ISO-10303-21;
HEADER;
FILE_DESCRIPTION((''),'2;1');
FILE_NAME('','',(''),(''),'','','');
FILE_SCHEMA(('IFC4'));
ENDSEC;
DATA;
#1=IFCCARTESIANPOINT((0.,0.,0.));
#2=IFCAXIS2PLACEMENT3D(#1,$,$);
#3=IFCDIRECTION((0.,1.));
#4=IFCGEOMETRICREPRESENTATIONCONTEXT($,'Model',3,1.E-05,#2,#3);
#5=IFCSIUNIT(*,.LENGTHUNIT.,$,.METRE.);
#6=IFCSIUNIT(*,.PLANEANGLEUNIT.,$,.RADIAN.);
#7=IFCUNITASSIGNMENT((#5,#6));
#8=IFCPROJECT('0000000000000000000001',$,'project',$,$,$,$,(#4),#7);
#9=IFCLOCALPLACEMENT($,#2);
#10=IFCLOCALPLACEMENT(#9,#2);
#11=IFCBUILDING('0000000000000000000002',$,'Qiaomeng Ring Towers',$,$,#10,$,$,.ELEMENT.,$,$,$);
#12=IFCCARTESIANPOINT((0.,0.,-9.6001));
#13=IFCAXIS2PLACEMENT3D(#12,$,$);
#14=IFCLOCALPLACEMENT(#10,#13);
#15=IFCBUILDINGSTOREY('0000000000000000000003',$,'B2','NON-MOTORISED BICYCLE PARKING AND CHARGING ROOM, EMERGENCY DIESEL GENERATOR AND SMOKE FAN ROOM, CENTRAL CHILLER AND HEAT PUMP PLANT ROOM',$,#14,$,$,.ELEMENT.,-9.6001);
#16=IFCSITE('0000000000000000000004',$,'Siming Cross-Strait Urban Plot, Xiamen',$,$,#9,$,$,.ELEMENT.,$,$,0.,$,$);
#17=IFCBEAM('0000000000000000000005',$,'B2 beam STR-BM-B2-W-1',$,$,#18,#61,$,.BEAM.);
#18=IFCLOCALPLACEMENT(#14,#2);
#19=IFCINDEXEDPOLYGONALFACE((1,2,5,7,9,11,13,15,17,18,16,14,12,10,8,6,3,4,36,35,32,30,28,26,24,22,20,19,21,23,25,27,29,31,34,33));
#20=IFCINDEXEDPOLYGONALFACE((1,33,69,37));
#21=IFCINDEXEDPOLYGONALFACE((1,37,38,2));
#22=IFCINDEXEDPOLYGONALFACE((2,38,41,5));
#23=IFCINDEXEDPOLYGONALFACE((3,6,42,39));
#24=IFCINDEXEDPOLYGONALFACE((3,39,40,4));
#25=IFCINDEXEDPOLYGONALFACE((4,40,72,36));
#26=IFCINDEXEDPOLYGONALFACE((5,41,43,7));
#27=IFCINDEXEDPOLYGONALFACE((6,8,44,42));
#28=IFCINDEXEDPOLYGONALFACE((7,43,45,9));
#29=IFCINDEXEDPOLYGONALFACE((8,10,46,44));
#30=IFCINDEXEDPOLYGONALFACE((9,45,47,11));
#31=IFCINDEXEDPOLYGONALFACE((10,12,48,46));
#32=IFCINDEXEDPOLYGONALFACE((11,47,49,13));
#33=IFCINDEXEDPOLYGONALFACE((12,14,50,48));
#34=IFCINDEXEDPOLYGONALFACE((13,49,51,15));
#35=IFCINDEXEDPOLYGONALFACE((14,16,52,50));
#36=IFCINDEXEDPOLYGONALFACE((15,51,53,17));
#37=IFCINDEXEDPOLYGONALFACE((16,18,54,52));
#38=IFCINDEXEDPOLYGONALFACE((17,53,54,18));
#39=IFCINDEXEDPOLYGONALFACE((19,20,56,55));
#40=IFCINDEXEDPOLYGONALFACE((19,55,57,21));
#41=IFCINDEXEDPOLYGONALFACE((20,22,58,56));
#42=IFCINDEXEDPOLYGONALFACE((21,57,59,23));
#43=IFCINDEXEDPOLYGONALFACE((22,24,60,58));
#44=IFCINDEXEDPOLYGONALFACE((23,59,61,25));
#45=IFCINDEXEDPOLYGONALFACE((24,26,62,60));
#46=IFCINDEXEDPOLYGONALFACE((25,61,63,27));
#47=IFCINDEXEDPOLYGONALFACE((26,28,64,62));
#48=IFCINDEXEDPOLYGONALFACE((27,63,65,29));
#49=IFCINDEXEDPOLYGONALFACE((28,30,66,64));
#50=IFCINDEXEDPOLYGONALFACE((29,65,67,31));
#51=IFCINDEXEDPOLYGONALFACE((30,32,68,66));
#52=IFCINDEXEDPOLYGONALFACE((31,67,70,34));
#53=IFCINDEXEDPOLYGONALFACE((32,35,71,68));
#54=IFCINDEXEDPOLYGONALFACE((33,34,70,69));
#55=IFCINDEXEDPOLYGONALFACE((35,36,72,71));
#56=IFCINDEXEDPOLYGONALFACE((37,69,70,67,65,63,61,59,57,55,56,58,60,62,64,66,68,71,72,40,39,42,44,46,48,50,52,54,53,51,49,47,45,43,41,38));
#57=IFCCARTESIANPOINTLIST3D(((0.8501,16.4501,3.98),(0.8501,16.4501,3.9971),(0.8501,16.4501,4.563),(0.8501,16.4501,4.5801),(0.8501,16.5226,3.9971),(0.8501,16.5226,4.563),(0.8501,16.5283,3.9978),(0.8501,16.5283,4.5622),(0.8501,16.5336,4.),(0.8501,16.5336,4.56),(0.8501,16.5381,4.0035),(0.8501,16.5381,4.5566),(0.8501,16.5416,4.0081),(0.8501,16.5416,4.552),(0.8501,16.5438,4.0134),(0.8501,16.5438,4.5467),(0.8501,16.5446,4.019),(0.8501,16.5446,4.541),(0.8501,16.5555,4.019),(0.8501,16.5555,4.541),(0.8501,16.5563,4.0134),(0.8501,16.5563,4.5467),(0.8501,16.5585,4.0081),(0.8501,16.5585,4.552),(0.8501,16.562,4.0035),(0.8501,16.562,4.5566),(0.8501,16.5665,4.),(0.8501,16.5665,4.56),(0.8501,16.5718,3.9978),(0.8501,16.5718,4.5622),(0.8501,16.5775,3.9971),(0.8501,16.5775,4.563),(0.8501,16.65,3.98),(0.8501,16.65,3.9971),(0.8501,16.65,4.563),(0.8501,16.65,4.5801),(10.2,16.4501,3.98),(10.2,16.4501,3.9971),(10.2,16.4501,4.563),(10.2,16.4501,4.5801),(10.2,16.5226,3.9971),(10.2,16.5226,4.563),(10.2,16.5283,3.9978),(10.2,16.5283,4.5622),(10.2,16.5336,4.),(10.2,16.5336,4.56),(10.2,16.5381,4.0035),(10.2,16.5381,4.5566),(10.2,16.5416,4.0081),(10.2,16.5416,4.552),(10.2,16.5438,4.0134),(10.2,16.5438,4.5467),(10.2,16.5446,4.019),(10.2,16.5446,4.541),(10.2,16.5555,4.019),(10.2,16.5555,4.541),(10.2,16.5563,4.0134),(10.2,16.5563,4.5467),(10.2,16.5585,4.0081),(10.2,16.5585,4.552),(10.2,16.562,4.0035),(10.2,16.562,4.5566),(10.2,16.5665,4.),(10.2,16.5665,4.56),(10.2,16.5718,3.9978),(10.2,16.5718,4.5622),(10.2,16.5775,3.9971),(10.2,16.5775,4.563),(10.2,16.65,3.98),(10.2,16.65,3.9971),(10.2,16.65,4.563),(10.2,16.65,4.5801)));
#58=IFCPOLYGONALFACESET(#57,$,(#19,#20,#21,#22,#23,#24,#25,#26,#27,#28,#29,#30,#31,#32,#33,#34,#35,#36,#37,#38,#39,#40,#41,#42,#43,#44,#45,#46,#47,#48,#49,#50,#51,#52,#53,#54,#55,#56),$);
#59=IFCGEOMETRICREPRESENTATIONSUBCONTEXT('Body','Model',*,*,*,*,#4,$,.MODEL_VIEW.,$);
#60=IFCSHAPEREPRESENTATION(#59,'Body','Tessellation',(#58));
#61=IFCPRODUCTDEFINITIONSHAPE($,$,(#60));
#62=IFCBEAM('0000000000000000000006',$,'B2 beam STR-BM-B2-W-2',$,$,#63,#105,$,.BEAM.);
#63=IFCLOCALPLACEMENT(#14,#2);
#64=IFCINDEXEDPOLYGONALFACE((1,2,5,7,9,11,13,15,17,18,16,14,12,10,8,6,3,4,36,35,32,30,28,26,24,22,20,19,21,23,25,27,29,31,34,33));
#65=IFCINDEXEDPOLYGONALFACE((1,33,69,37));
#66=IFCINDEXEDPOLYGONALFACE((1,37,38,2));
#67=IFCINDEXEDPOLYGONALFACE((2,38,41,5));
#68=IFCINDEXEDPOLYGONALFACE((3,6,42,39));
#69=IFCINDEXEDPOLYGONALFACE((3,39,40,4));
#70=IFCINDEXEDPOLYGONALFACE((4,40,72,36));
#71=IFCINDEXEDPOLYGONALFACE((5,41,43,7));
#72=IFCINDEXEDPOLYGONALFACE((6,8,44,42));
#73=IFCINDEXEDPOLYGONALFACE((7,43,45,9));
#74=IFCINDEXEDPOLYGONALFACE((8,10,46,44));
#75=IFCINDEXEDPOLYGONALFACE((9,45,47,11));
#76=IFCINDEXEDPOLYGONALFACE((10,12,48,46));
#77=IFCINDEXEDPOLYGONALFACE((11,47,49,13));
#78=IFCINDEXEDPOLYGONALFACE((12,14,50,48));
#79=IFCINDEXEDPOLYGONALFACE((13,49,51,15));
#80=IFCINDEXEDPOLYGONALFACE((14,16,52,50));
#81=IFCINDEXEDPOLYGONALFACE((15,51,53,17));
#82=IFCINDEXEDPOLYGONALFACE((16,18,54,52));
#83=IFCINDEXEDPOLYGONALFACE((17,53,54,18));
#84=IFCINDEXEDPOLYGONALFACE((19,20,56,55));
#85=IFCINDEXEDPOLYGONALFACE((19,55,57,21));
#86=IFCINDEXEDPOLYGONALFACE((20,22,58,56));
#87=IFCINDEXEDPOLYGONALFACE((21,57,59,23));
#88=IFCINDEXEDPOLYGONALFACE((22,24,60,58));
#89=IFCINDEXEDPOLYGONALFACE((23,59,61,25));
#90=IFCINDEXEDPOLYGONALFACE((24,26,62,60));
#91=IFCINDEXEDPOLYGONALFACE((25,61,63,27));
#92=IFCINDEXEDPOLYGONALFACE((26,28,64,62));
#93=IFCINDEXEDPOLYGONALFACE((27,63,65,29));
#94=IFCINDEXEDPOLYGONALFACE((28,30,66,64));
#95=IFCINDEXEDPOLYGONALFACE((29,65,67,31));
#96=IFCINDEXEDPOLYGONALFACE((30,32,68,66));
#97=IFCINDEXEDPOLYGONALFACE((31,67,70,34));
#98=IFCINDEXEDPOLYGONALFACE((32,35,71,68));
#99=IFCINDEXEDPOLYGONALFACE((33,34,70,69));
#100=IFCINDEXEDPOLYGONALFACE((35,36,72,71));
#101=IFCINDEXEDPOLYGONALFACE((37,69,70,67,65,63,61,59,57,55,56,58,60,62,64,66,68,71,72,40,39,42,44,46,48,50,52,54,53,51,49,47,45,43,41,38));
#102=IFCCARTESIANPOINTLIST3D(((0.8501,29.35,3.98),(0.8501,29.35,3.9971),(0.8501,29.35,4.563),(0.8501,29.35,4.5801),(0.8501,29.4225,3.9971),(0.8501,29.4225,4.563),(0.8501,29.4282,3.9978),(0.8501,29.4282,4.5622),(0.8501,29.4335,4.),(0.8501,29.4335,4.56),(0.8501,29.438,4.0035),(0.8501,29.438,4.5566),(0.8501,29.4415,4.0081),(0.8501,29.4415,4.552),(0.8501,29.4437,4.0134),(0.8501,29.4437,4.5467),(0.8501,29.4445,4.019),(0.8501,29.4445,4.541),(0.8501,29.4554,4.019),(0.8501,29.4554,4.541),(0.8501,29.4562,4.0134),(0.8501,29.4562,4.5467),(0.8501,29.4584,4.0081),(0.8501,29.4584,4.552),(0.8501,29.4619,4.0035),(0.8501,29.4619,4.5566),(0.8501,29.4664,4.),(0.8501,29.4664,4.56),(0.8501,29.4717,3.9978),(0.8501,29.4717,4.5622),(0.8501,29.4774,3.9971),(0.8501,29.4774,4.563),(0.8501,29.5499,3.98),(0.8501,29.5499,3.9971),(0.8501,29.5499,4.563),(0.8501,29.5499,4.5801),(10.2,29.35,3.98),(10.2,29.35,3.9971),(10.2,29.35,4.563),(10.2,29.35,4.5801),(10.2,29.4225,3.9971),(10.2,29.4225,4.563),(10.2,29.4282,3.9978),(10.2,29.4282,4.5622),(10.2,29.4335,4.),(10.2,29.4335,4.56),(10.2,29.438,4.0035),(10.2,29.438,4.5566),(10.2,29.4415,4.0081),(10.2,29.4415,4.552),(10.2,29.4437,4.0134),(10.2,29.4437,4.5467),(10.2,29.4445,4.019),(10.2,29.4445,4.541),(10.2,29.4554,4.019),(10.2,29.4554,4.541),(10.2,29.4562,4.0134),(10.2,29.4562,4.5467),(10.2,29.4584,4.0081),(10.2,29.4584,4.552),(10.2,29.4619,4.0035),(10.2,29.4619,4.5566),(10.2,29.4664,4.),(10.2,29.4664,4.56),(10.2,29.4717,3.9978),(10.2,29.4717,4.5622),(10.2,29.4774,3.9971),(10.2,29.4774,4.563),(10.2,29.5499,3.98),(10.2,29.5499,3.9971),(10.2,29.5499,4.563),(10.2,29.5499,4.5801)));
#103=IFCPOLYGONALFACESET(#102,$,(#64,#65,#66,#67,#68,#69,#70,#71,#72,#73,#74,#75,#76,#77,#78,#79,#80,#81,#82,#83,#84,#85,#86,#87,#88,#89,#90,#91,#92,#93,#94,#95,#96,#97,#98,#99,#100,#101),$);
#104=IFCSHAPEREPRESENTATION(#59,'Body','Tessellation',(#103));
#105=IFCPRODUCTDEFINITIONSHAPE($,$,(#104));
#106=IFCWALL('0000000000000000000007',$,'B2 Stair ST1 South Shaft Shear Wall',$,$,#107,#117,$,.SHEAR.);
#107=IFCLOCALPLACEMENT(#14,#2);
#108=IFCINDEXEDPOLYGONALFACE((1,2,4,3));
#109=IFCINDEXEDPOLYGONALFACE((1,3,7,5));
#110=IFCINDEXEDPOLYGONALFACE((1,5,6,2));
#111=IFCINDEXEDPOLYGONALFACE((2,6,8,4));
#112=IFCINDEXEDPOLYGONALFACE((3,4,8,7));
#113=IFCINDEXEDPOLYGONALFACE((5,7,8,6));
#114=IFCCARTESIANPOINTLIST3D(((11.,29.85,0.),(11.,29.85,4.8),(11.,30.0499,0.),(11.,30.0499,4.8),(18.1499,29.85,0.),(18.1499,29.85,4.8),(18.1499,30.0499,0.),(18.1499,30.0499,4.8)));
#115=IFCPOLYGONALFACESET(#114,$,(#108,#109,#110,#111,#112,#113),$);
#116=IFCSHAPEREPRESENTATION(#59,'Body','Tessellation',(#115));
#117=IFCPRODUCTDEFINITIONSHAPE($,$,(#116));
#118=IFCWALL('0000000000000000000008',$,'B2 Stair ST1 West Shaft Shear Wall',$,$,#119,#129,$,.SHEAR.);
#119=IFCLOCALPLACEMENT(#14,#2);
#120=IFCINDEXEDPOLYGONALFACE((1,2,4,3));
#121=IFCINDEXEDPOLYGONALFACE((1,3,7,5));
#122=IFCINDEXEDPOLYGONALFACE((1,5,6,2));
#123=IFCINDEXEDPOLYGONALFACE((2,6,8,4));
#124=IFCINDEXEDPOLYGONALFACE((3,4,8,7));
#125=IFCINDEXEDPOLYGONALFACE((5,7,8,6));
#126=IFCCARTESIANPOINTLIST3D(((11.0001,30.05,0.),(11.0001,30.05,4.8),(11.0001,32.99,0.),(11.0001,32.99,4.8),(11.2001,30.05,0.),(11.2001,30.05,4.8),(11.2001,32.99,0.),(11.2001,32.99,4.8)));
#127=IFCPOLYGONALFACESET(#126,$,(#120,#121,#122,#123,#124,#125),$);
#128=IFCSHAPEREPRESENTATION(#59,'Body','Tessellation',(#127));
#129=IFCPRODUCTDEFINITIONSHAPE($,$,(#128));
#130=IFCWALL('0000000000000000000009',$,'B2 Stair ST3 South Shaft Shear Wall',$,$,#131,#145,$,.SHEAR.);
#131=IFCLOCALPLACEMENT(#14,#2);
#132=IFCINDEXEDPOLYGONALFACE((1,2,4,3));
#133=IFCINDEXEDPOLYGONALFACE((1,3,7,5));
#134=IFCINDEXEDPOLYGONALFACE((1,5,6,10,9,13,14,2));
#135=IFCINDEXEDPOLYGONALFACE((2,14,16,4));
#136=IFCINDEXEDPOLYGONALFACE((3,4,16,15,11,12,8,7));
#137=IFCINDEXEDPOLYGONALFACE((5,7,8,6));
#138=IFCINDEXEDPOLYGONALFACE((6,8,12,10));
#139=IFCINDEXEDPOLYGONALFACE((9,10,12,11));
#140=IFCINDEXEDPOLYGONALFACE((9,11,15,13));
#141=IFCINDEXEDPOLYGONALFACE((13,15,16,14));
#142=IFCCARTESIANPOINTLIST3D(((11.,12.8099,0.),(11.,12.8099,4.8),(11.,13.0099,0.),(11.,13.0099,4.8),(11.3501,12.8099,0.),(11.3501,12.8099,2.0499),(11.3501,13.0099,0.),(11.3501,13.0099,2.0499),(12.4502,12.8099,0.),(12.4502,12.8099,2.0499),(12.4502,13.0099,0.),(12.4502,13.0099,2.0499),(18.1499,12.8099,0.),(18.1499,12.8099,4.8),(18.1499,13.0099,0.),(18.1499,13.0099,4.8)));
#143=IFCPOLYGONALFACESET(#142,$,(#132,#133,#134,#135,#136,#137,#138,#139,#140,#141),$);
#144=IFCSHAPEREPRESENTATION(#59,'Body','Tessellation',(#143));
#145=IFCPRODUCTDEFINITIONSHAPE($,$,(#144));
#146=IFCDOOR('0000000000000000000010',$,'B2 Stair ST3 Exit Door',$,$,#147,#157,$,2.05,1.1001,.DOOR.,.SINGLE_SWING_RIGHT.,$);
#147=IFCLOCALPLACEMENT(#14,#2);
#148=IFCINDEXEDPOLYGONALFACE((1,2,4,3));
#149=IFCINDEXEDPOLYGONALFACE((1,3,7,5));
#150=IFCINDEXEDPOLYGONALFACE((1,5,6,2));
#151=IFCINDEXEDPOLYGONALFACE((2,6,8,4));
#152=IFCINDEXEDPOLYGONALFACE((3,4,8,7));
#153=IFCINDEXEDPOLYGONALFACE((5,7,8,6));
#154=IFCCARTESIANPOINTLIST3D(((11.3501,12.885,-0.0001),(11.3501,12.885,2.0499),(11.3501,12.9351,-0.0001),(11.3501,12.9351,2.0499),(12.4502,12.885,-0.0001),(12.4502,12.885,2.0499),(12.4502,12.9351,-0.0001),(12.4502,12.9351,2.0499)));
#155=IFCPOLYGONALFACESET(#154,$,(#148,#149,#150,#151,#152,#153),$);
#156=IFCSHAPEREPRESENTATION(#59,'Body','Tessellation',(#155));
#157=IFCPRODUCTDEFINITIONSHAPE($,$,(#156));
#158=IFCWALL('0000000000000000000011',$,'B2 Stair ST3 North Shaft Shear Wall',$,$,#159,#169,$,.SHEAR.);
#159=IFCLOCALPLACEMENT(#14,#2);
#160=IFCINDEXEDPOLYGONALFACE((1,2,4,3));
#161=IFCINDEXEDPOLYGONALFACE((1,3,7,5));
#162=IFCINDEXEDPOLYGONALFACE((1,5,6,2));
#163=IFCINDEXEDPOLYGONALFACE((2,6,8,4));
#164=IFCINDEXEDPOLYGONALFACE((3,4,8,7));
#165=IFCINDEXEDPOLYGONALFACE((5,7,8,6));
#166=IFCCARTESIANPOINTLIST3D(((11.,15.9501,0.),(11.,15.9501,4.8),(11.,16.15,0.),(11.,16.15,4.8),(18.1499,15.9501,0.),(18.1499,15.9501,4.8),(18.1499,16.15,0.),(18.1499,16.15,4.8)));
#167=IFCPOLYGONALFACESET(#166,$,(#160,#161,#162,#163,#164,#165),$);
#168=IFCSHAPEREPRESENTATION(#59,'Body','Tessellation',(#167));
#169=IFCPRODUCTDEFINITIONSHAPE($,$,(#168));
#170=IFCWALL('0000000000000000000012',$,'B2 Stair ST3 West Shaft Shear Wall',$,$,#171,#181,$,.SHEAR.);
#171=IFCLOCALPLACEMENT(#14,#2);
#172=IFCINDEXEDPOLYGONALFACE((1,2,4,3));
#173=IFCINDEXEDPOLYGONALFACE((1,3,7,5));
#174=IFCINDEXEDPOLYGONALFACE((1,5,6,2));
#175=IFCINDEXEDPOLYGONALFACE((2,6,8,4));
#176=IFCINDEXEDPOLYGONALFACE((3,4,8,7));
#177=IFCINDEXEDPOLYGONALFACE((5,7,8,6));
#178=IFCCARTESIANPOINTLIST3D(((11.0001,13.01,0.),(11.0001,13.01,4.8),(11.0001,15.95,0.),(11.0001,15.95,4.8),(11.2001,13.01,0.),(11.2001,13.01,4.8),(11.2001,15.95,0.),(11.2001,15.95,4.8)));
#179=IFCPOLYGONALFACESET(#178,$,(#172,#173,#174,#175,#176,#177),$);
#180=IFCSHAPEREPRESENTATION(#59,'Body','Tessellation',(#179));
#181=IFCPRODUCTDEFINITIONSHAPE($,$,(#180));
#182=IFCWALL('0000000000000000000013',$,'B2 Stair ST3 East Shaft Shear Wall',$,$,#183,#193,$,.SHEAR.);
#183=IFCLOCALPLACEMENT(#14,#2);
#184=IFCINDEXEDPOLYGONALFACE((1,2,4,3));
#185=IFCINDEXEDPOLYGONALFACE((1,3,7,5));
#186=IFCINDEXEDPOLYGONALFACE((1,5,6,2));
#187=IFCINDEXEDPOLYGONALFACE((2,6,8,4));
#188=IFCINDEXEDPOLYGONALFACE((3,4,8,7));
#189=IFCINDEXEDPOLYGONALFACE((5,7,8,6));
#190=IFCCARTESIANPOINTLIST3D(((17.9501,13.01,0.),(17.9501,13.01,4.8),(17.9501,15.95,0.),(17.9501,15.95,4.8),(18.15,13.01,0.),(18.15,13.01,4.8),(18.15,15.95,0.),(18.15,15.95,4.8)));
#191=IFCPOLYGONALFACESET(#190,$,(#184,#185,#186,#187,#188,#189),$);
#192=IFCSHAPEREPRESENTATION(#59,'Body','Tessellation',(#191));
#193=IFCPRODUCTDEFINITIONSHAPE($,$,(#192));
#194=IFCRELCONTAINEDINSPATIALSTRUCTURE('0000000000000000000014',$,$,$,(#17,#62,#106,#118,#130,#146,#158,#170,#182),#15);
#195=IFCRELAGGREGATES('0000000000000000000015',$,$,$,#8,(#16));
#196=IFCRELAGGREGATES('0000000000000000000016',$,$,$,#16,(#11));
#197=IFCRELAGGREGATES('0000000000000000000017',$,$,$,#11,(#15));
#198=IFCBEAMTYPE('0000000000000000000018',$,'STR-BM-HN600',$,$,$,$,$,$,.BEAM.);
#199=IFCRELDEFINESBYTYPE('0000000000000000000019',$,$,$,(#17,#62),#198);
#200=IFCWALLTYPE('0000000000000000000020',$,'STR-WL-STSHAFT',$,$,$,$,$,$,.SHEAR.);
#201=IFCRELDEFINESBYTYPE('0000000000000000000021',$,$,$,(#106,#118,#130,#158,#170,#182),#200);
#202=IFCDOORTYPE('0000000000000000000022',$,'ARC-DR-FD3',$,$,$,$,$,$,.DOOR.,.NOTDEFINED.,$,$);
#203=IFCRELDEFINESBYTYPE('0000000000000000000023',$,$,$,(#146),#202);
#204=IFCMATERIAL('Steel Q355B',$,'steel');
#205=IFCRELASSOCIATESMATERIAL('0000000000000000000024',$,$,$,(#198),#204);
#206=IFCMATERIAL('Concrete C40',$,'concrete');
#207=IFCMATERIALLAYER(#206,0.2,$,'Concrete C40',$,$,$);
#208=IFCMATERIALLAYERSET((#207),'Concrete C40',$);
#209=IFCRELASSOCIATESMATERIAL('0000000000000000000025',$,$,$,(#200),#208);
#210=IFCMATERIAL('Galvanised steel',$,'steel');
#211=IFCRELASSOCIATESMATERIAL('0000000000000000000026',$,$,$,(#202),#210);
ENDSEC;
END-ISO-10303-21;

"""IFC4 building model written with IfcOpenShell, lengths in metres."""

from ifc_helpers import new_model, si_unit, direction, frame, frame_2d, origin, origin_2d, place, context, subcontext, project, spatial, rectangle, i_section, extrude, source, transform, mapped, material, layer, layer_set, material_profile, profile_set, type_object, element, fill, save


model = new_model("IFC4")

# Units and contexts
model_context = context("Model", 3, precision=1e-05, world=origin(), true_north=direction((0.0, 1.0)))
body_context = subcontext(model_context, "Body", "Model", "MODEL_VIEW")
ifc_project = project(units=[si_unit("LENGTHUNIT", "METRE"), si_unit("PLANEANGLEUNIT", "RADIAN")], contexts=[model_context])

# Site, building, storey
site_placement = place(None, origin())
site = spatial("IfcSite", under=ifc_project, at=site_placement, Name="Siming Cross-Strait Urban Plot, Xiamen", CompositionType="ELEMENT", RefElevation=0.0)
building_placement = place(site_placement, origin())
building = spatial("IfcBuilding", under=site, at=building_placement, Name="Qiaomeng Ring Towers", CompositionType="ELEMENT")
storey_placement = place(building_placement, frame((0.0, 0.0, -9.6001)))
storey = spatial("IfcBuildingStorey", under=building, at=storey_placement, Name="B2", Description="NON-MOTORISED BICYCLE PARKING AND CHARGING ROOM, EMERGENCY DIESEL GENERATOR AND SMOKE FAN ROOM, CENTRAL CHILLER AND HEAT PUMP PLANT ROOM", CompositionType="ELEMENT", Elevation=-9.6001)

# Shared definitions
ifc_material_1 = material(Name="Concrete C40", Category="concrete")

# Beams
ifc_material_2 = material(Name="Steel Q355B", Category="steel")
ifc_material_profile_1 = material_profile(ifc_material_2, i_section(OverallWidth=0.2, OverallDepth=0.6001, WebThickness=0.011, FlangeThickness=0.0171, FilletRadius=0.022, at=origin_2d()), Name="HN 600x200x11x17")
ifc_profile_set_1 = profile_set([ifc_material_profile_1], Name="Steel Q355B")
beam_type = type_object("IfcBeamType", Name="STR-BM-HN600", PredefinedType="BEAM", material=ifc_profile_set_1)
shared_shape_1 = source(origin(), body_context, "Body", "SweptSolid", [
    extrude(i_section(OverallWidth=0.2, OverallDepth=0.6001, WebThickness=0.011, FlangeThickness=0.0171, FilletRadius=0.022, at=origin_2d()), origin(), (0.0, 0.0, 1.0), 9.3499),
])
for number, where, z_axis, x_axis, name in (
    (1, (0.8501, 16.55, 4.28), (1.0, 0.0, 0.0), (0.0, 1.0, 0.0), "B2 beam STR-BM-B2-W-1"),
    (2, (0.8501, 29.45, 4.28), (1.0, 0.0, 0.0), (0.0, 1.0, 0.0), "B2 beam STR-BM-B2-W-2"),
):
    element("IfcBeam", number, at=place(storey_placement, frame(where, z_axis=z_axis, x_axis=x_axis)), inside=storey, type_object=beam_type, Name=name, PredefinedType="BEAM", context=body_context, shape_type="MappedRepresentation", body=[
        mapped(shared_shape_1, transform((0.0, 0.0, 0.0), x_axis=(1.0, 0.0, 0.0), y_axis=(0.0, 1.0, 0.0), z_axis=(0.0, 0.0, 1.0), scale=1.0)),
    ])

# Walls
ifc_layer_1 = layer(ifc_material_1, 0.2, Name="Concrete C40")
ifc_layer_set_1 = layer_set([ifc_layer_1], Name="Concrete C40")
wall_type_1 = type_object("IfcWallType", Name="STR-WL-STSHAFT", PredefinedType="SHEAR", material=ifc_layer_set_1)
wall_1_placement = place(storey_placement, frame((11.0, 29.95, 0.0), z_axis=(0.0, 0.0, 1.0), x_axis=(1.0, 0.0, 0.0)))
element("IfcWall", 3, at=wall_1_placement, inside=storey, type_object=wall_type_1, Name="B2 Stair ST1 South Shaft Shear Wall", PredefinedType="SHEAR", context=body_context, shape_type="SweptSolid", body=[
    extrude(rectangle(XDim=7.1499, YDim=0.2, at=frame_2d((3.575, 0.0))), origin(), (0.0, 0.0, 1.0), 4.8),
])
wall_2_placement = place(storey_placement, frame((11.1001, 30.05, 0.0), z_axis=(0.0, 0.0, 1.0), x_axis=(0.0, 1.0, 0.0)))
element("IfcWall", 4, at=wall_2_placement, inside=storey, type_object=wall_type_1, Name="B2 Stair ST1 West Shaft Shear Wall", PredefinedType="SHEAR", context=body_context, shape_type="SweptSolid", body=[
    extrude(rectangle(XDim=2.9399, YDim=0.2, at=frame_2d((1.47, 0.0))), origin(), (0.0, 0.0, 1.0), 4.8),
])

# Wall, opening, door
wall_3_placement = place(storey_placement, frame((11.0, 12.9099, 0.0), z_axis=(0.0, 0.0, 1.0), x_axis=(1.0, 0.0, 0.0)))
wall_3 = element("IfcWall", 5, at=wall_3_placement, inside=storey, type_object=wall_type_1, Name="B2 Stair ST3 South Shaft Shear Wall", PredefinedType="SHEAR", context=body_context, shape_type="SweptSolid", body=[
    extrude(rectangle(XDim=7.1499, YDim=0.2, at=frame_2d((3.575, 0.0))), origin(), (0.0, 0.0, 1.0), 4.8),
])
opening_placement = place(wall_3_placement, frame((0.3501, 0.0, 0.0)))
opening = element("IfcOpeningElement", 6, at=opening_placement, cuts=wall_3, PredefinedType="OPENING", context=body_context, shape_type="SweptSolid", body=[
    extrude(rectangle(XDim=1.1001, YDim=2.05, at=frame_2d((0.55, 1.0249))), frame((0.0, 0.1099, 0.0), z_axis=(0.0, -1.0, 0.0), x_axis=(1.0, 0.0, 0.0)), (0.0, 0.0, 1.0), 0.22),
])
ifc_material_3 = material(Name="Galvanised steel", Category="steel")
door_type = type_object("IfcDoorType", Name="ARC-DR-FD3", OperationType="NOTDEFINED", PredefinedType="DOOR", material=ifc_material_3)
shared_shape_2 = source(origin(), body_context, "Body", "SweptSolid", [
    extrude(rectangle(XDim=1.1001, YDim=2.05, at=frame_2d((0.55, 1.0249))), frame((0.0, 0.0249, 0.0), z_axis=(0.0, -1.0, 0.0), x_axis=(1.0, 0.0, 0.0)), (0.0, 0.0, 1.0), 0.05),
])
door_placement = place(opening_placement, frame((1.1001, 0.0, 0.0), z_axis=(0.0, 0.0, 1.0), x_axis=(-1.0, 0.0, 0.0)))
door = element("IfcDoor", 7, at=door_placement, inside=storey, type_object=door_type, Name="B2 Stair ST3 Exit Door", OperationType="SINGLE_SWING_RIGHT", OverallHeight=2.05, OverallWidth=1.1001, PredefinedType="DOOR", context=body_context, shape_type="MappedRepresentation", body=[
    mapped(shared_shape_2, transform((0.0, 0.0, 0.0), x_axis=(1.0, 0.0, 0.0), y_axis=(0.0, 1.0, 0.0), z_axis=(0.0, 0.0, 1.0), scale=1.0)),
])
fill(opening, door)

# Walls
wall_4_placement = place(storey_placement, frame((11.0, 16.05, 0.0), z_axis=(0.0, 0.0, 1.0), x_axis=(1.0, 0.0, 0.0)))
element("IfcWall", 8, at=wall_4_placement, inside=storey, type_object=wall_type_1, Name="B2 Stair ST3 North Shaft Shear Wall", PredefinedType="SHEAR", context=body_context, shape_type="SweptSolid", body=[
    extrude(rectangle(XDim=7.1499, YDim=0.2, at=frame_2d((3.575, 0.0))), origin(), (0.0, 0.0, 1.0), 4.8),
])
for number, where, z_axis, x_axis, name in (
    (9, (11.1001, 13.01, 0.0), (0.0, 0.0, 1.0), (0.0, 1.0, 0.0), "B2 Stair ST3 West Shaft Shear Wall"),
    (10, (18.05, 13.01, 0.0), (0.0, 0.0, 1.0), (0.0, 1.0, 0.0), "B2 Stair ST3 East Shaft Shear Wall"),
):
    element("IfcWall", number, at=place(storey_placement, frame(where, z_axis=z_axis, x_axis=x_axis)), inside=storey, type_object=wall_type_1, Name=name, PredefinedType="SHEAR", context=body_context, shape_type="SweptSolid", body=[
        extrude(rectangle(XDim=2.9399, YDim=0.2, at=frame_2d((1.47, 0.0))), origin(), (0.0, 0.0, 1.0), 4.8),
    ])

save(model, "model.ifc")
